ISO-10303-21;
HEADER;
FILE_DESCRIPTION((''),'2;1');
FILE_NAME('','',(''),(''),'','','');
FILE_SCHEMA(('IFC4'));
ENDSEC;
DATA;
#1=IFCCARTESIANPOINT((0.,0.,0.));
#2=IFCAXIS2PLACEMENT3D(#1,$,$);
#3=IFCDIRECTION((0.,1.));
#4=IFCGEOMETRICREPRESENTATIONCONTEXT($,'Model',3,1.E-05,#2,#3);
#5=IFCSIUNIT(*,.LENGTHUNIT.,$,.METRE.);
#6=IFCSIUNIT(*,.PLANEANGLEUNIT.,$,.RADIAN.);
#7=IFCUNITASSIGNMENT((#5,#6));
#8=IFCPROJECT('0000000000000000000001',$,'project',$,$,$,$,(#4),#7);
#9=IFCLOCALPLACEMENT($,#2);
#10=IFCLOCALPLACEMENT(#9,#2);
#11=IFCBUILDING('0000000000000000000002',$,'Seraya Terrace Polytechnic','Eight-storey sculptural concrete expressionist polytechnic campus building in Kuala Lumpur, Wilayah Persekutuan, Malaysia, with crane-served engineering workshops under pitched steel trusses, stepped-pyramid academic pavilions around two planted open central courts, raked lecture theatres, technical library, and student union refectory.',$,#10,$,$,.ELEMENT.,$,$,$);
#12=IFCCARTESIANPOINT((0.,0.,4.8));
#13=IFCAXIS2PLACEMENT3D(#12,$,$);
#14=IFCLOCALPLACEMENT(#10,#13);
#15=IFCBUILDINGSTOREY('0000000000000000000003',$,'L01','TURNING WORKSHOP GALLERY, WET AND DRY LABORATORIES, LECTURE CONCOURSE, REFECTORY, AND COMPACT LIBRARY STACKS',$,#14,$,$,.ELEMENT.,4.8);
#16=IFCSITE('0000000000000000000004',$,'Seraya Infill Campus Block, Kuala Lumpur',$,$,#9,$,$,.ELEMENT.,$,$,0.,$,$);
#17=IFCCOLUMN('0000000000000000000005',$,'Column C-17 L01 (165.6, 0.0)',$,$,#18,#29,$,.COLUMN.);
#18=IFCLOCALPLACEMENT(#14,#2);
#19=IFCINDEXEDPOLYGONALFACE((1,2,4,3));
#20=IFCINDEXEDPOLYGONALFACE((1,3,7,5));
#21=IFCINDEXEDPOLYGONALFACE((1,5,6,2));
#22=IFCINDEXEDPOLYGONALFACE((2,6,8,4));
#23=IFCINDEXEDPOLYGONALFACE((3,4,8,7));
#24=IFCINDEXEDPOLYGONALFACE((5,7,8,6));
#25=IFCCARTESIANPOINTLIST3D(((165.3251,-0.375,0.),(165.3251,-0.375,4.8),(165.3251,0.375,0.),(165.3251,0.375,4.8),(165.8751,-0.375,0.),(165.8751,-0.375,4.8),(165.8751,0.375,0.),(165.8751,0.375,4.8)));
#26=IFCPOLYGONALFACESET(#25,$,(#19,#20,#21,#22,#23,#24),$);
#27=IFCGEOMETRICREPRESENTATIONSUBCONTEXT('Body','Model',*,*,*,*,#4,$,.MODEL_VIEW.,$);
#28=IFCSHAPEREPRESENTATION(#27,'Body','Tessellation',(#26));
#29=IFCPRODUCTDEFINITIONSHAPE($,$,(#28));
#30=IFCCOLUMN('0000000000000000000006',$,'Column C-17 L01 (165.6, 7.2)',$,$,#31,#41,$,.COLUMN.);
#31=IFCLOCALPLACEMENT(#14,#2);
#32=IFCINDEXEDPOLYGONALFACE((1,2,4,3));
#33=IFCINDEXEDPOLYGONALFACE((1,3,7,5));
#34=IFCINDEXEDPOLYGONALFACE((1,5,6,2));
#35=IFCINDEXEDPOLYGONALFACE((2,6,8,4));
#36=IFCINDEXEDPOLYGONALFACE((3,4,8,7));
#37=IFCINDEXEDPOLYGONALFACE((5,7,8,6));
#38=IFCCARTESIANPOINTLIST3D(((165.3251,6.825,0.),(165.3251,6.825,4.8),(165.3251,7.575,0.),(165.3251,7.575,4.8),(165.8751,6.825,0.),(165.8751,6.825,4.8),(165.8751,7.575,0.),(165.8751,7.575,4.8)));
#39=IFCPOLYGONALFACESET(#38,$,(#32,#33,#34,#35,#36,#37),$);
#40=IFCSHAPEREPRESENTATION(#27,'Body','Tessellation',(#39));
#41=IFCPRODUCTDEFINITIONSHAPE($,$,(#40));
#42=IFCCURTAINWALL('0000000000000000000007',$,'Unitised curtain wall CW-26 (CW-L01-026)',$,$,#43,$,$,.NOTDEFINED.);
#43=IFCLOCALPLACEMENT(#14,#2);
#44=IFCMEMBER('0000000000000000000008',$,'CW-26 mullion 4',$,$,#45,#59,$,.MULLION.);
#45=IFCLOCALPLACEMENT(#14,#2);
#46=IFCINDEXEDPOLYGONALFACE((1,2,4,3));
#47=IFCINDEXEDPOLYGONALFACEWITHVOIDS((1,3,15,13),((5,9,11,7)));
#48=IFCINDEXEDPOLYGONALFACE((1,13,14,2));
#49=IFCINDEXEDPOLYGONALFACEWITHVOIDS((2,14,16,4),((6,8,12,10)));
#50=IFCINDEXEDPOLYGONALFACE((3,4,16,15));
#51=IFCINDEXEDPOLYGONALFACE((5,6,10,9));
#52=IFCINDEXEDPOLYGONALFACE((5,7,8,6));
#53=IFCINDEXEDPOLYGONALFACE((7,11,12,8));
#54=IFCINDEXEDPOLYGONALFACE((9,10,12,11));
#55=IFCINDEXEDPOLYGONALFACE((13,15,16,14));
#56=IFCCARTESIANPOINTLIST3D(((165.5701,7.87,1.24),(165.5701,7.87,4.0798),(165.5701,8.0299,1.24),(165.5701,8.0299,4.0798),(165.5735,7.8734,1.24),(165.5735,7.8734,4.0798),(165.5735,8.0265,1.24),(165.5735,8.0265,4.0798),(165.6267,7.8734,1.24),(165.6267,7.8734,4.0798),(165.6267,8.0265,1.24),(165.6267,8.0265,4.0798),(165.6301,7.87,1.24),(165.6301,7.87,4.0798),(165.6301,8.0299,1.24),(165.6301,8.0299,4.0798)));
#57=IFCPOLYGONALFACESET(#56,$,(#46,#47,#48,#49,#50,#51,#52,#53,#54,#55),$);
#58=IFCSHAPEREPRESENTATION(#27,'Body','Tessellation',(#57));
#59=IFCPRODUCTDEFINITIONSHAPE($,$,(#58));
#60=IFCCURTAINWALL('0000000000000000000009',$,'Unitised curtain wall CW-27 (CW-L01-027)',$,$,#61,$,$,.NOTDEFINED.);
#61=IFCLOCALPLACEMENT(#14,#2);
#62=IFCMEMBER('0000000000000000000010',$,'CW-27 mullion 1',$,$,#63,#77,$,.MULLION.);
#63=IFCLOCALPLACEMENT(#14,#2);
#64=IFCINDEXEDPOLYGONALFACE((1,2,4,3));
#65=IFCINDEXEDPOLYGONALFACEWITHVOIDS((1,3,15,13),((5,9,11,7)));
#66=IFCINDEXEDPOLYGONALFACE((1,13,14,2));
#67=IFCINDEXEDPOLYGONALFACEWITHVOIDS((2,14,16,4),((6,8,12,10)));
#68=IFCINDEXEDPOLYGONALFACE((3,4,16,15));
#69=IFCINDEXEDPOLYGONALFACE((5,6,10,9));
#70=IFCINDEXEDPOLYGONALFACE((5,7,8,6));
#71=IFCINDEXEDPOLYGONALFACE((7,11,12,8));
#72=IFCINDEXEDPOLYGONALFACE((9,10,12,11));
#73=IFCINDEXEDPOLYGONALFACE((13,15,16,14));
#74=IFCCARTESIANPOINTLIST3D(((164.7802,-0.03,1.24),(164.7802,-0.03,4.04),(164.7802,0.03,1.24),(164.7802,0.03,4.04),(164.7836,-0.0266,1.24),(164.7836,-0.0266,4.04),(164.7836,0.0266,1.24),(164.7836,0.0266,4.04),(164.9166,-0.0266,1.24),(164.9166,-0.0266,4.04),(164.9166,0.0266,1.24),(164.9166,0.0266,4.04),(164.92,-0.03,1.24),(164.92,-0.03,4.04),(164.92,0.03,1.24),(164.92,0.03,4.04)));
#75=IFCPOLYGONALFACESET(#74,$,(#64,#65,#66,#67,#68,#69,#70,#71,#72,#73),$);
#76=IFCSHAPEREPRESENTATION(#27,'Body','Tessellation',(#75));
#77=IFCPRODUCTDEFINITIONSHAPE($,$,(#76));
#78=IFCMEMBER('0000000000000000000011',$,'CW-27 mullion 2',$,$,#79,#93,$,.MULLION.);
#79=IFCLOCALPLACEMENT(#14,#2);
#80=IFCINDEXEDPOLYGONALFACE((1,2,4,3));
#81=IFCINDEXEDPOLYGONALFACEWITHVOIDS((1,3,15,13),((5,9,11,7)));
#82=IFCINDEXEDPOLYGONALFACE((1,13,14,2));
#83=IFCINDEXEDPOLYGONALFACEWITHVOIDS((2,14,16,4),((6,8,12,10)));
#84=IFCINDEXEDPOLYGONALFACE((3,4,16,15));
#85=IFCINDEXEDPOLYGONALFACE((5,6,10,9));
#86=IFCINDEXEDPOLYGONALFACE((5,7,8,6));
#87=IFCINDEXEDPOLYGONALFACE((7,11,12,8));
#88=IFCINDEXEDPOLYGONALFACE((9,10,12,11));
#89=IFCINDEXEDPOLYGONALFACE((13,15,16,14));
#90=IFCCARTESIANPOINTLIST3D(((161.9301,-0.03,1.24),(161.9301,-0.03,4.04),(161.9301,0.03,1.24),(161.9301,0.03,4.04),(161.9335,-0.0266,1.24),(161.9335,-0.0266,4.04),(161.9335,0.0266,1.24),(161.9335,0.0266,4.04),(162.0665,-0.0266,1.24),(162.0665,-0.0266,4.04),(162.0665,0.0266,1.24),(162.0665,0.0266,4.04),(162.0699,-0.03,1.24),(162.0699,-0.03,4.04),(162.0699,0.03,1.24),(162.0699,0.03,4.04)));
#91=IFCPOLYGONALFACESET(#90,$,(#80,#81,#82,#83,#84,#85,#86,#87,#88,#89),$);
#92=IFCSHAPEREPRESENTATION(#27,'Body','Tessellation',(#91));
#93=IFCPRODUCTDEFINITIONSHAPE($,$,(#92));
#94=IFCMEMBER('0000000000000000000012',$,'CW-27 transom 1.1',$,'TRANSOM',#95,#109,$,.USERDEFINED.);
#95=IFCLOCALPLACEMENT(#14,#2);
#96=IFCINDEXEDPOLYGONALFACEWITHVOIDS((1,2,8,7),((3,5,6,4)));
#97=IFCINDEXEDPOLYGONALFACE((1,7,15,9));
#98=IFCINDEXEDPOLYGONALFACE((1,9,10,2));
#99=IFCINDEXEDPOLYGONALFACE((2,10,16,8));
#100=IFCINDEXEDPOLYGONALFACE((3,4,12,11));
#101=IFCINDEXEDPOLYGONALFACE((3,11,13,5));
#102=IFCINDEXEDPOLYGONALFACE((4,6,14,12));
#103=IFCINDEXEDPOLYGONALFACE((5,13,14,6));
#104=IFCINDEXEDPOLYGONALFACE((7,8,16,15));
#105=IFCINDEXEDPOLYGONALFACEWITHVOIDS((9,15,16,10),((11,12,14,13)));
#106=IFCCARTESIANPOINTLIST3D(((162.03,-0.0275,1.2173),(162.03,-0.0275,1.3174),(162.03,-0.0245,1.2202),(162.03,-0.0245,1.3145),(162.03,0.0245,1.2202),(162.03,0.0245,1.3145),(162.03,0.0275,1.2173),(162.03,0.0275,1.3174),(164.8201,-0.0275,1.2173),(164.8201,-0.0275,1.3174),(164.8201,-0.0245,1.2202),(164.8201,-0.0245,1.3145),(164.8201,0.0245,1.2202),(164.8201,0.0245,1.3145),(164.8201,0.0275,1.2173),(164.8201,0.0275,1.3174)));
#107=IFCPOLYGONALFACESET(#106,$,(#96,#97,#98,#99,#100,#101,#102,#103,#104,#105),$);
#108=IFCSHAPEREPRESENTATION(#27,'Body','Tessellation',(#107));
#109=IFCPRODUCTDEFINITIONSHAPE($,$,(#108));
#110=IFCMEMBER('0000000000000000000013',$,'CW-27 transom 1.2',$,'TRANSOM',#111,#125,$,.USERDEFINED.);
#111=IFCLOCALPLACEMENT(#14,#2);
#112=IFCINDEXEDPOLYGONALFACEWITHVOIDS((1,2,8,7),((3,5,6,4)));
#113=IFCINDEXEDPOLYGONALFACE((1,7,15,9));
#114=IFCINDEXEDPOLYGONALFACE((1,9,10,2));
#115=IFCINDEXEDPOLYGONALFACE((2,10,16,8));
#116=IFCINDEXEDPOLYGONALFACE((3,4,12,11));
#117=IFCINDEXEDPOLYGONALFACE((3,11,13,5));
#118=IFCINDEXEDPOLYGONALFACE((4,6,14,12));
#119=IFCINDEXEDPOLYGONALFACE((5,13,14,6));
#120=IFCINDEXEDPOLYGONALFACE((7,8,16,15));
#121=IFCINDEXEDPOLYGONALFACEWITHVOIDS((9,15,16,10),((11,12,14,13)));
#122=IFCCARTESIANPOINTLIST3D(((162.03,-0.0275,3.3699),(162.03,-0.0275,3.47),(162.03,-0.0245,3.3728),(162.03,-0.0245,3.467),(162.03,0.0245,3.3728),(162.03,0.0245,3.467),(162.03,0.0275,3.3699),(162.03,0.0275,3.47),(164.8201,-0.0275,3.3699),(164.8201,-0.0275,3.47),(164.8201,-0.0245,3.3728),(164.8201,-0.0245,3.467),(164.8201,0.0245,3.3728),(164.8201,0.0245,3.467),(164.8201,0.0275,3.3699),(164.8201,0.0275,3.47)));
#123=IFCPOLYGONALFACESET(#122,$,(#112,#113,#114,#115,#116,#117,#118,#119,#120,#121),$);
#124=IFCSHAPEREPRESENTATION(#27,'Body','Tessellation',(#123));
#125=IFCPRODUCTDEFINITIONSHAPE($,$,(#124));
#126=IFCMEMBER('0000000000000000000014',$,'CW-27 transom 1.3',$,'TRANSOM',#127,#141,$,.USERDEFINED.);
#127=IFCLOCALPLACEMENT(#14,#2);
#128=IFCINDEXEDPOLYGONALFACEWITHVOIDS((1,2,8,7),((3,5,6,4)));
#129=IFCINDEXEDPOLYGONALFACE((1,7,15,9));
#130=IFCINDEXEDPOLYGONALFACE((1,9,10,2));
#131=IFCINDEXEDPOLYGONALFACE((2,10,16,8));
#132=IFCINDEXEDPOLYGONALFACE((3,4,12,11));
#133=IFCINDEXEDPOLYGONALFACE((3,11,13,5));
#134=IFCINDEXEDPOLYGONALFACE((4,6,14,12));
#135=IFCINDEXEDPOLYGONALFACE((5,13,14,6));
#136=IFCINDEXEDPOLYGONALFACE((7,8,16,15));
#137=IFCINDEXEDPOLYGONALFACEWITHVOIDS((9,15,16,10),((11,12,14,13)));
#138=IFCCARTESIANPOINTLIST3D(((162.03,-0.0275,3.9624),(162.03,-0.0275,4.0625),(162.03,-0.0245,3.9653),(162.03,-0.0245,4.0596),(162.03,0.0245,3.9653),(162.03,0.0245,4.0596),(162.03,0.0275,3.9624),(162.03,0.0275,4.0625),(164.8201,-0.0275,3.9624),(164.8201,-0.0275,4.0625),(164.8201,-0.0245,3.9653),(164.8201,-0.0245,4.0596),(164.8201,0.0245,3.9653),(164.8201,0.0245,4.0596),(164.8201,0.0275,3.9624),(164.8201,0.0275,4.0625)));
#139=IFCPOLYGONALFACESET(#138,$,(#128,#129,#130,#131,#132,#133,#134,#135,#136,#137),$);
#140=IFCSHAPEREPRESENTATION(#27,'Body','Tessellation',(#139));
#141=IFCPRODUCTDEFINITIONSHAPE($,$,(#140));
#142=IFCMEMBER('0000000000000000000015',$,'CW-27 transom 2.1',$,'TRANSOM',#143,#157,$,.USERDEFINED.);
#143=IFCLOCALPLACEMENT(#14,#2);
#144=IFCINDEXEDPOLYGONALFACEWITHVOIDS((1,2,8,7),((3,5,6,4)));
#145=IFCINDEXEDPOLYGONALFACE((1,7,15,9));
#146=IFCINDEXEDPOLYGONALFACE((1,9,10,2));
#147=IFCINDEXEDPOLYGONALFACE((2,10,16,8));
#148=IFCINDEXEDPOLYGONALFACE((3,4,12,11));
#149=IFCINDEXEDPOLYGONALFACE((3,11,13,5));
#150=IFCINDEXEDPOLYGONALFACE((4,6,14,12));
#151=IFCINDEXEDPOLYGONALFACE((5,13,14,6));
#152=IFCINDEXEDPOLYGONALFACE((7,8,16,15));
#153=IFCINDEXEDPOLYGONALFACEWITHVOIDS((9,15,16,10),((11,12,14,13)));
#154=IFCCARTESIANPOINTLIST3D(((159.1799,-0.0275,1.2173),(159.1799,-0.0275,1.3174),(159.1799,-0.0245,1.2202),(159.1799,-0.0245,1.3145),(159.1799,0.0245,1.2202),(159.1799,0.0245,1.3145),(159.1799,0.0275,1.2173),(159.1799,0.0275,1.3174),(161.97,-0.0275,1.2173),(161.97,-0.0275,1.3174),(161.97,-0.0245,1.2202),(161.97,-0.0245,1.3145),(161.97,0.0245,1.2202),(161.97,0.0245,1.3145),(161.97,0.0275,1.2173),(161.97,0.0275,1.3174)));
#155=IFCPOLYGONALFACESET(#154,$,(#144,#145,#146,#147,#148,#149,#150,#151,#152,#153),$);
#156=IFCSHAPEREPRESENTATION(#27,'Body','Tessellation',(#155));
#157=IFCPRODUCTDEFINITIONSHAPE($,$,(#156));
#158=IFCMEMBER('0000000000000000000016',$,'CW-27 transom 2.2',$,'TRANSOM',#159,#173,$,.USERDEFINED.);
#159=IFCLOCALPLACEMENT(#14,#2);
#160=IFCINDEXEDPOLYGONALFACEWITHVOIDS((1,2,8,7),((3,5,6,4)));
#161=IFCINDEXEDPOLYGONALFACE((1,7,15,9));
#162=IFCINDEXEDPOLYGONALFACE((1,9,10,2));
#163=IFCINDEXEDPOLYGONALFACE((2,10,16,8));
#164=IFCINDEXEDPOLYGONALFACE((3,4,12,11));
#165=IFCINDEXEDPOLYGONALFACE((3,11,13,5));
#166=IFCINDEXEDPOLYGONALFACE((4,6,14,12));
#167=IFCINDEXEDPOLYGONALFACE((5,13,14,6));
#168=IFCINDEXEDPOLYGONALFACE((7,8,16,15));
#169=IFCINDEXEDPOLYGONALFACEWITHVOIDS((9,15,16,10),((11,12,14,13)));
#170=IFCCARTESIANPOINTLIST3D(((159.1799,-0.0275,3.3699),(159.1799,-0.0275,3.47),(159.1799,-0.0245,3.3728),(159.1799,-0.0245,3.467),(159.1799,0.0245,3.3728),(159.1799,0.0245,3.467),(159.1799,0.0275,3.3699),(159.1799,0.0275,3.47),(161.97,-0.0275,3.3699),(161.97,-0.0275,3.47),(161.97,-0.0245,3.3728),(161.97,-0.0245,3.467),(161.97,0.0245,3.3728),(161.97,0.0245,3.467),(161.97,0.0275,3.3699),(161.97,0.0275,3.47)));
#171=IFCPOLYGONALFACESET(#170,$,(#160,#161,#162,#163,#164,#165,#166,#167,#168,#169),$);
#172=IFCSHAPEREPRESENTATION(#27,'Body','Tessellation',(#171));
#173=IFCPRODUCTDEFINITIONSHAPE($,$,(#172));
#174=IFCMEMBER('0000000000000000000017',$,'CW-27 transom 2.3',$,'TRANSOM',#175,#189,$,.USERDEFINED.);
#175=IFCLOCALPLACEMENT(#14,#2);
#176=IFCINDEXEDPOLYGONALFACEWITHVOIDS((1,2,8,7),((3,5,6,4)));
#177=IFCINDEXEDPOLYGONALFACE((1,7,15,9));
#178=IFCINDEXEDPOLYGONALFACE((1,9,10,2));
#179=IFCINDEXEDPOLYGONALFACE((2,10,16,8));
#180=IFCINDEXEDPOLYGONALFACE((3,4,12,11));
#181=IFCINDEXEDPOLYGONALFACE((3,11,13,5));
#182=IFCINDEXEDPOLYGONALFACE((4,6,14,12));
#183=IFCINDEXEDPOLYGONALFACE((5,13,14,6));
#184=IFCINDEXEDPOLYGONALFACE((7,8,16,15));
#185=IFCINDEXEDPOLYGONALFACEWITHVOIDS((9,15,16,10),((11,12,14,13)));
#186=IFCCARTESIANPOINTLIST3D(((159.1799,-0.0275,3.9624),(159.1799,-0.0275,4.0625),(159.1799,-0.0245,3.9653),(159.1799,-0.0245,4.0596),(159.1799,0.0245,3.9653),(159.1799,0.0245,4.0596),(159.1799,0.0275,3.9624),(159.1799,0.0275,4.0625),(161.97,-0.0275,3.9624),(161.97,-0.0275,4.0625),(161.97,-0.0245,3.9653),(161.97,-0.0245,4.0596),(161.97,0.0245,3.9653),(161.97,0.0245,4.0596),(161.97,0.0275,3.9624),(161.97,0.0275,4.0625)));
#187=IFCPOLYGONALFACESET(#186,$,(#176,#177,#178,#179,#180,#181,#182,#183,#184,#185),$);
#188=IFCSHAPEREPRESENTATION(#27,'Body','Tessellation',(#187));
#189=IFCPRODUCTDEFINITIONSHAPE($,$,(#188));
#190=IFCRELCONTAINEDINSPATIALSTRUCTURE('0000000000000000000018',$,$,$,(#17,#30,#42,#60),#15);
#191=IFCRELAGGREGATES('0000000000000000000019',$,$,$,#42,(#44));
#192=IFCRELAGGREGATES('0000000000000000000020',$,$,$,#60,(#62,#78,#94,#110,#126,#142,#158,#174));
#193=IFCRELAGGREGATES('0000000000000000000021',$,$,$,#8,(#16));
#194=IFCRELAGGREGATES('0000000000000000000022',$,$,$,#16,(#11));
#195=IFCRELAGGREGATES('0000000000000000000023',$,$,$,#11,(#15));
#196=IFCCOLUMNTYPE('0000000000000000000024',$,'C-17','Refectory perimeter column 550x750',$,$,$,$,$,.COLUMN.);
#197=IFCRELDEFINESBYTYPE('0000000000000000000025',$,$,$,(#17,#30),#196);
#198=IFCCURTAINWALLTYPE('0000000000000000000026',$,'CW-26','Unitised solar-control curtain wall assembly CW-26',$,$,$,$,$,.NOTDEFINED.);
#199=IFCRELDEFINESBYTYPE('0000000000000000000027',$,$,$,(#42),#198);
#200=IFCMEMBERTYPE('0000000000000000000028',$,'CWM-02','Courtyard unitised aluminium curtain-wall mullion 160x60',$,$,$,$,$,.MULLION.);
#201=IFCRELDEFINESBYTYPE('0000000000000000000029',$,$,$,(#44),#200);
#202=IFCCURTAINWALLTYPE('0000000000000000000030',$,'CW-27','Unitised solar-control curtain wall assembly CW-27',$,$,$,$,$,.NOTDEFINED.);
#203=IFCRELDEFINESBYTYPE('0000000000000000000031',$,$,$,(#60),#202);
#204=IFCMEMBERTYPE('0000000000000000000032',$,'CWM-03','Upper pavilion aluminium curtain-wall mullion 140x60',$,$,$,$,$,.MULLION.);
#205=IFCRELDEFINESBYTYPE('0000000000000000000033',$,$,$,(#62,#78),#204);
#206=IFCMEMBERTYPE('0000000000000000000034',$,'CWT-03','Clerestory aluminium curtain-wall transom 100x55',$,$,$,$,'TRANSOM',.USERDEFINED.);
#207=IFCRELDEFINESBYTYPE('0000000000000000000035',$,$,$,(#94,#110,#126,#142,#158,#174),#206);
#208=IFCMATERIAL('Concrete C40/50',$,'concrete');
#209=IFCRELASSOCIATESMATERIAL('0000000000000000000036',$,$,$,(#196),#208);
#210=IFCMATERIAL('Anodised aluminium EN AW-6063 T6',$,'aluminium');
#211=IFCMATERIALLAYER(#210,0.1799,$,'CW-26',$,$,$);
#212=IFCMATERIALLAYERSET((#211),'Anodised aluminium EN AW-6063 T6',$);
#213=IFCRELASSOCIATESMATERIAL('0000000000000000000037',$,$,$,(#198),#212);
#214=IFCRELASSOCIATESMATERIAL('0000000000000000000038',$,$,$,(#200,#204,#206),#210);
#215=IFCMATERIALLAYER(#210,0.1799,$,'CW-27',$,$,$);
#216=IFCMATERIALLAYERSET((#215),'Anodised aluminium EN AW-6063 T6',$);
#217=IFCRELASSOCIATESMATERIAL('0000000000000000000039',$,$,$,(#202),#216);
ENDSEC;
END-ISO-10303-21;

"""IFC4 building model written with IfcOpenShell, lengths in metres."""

from ifc_helpers import new_model, si_unit, direction, frame, origin, origin_2d, place, context, subcontext, project, spatial, rectangle, hollow_rectangle, extrude, material, layer, layer_set, material_profile, profile_set, type_object, element, aggregate, save


model = new_model("IFC4")

# Units and contexts
model_context = context("Model", 3, precision=1e-05, world=origin(), true_north=direction((0.0, 1.0)))
body_context = subcontext(model_context, "Body", "Model", "MODEL_VIEW")
ifc_project = project(units=[si_unit("LENGTHUNIT", "METRE"), si_unit("PLANEANGLEUNIT", "RADIAN")], contexts=[model_context])

# Site, building, storey
site_placement = place(None, origin())
site = spatial("IfcSite", under=ifc_project, at=site_placement, Name="Seraya Infill Campus Block, Kuala Lumpur", CompositionType="ELEMENT", RefElevation=0.0)
building_placement = place(site_placement, origin())
building = spatial("IfcBuilding", under=site, at=building_placement, Name="Seraya Terrace Polytechnic", Description="Eight-storey sculptural concrete expressionist polytechnic campus building in Kuala Lumpur, Wilayah Persekutuan, Malaysia, with crane-served engineering workshops under pitched steel trusses, stepped-pyramid academic pavilions around two planted open central courts, raked lecture theatres, technical library, and student union refectory.", CompositionType="ELEMENT")
storey_placement = place(building_placement, frame((0.0, 0.0, 4.8)))
storey = spatial("IfcBuildingStorey", under=building, at=storey_placement, Name="L01", Description="TURNING WORKSHOP GALLERY, WET AND DRY LABORATORIES, LECTURE CONCOURSE, REFECTORY, AND COMPACT LIBRARY STACKS", CompositionType="ELEMENT", Elevation=4.8)

# Columns
ifc_material_1 = material(Name="Concrete C40/50", Category="concrete")
ifc_material_profile_1 = material_profile(ifc_material_1, rectangle(XDim=0.55, YDim=0.75, at=origin_2d()), Name="RC 550x750")
ifc_profile_set_1 = profile_set([ifc_material_profile_1], Name="Concrete C40/50")
column_type = type_object("IfcColumnType", Name="C-17", Description="Refectory perimeter column 550x750", PredefinedType="COLUMN", material=ifc_profile_set_1)
for number, where, z_axis, x_axis, name in (
    (1, (165.6001, 0.0, 0.0), (0.0, 0.0, 1.0), (1.0, 0.0, 0.0), "Column C-17 L01 (165.6, 0.0)"),
    (2, (165.6001, 7.2, 0.0), (0.0, 0.0, 1.0), (1.0, 0.0, 0.0), "Column C-17 L01 (165.6, 7.2)"),
):
    element("IfcColumn", number, at=place(storey_placement, frame(where, z_axis=z_axis, x_axis=x_axis)), inside=storey, type_object=column_type, Name=name, PredefinedType="COLUMN", context=body_context, shape_type="SweptSolid", body=[
        extrude(rectangle(XDim=0.55, YDim=0.75, at=origin_2d()), origin(), (0.0, 0.0, 1.0), 4.8),
    ])

# Curtain wall, member
ifc_material_2 = material(Name="Anodised aluminium EN AW-6063 T6", Category="aluminium")
ifc_layer_1 = layer(ifc_material_2, 0.1799, Name="CW-26")
ifc_layer_set_1 = layer_set([ifc_layer_1], Name="Anodised aluminium EN AW-6063 T6")
curtain_wall_type_1 = type_object("IfcCurtainWallType", Name="CW-26", Description="Unitised solar-control curtain wall assembly CW-26", PredefinedType="NOTDEFINED", material=ifc_layer_set_1)
curtain_wall_1_placement = place(storey_placement, origin())
curtain_wall_1 = element("IfcCurtainWall", 3, at=curtain_wall_1_placement, inside=storey, type_object=curtain_wall_type_1, Name="Unitised curtain wall CW-26 (CW-L01-026)", PredefinedType="NOTDEFINED")
ifc_material_profile_2 = material_profile(ifc_material_2, hollow_rectangle(XDim=0.0601, YDim=0.1599, WallThickness=0.0034, at=origin_2d()), Name="RHS 160x60x3.5")
ifc_profile_set_2 = profile_set([ifc_material_profile_2], Name="Anodised aluminium EN AW-6063 T6")
member_type_1 = type_object("IfcMemberType", Name="CWM-02", Description="Courtyard unitised aluminium curtain-wall mullion 160x60", PredefinedType="MULLION", material=ifc_profile_set_2)
member_1_placement = place(storey_placement, frame((165.6001, 7.95, 1.24), z_axis=(0.0, 0.0, 1.0), x_axis=(1.0, 0.0, 0.0)))
member_1 = element("IfcMember", 4, at=member_1_placement, type_object=member_type_1, Name="CW-26 mullion 4", PredefinedType="MULLION", context=body_context, shape_type="SweptSolid", body=[
    extrude(hollow_rectangle(XDim=0.0601, YDim=0.1599, WallThickness=0.0034, at=origin_2d()), origin(), (0.0, 0.0, 1.0), 2.8398),
])
aggregate(curtain_wall_1, [member_1])

# Curtain wall, members
ifc_layer_2 = layer(ifc_material_2, 0.1799, Name="CW-27")
ifc_layer_set_2 = layer_set([ifc_layer_2], Name="Anodised aluminium EN AW-6063 T6")
curtain_wall_type_2 = type_object("IfcCurtainWallType", Name="CW-27", Description="Unitised solar-control curtain wall assembly CW-27", PredefinedType="NOTDEFINED", material=ifc_layer_set_2)
curtain_wall_2_placement = place(storey_placement, origin())
curtain_wall_2 = element("IfcCurtainWall", 5, at=curtain_wall_2_placement, inside=storey, type_object=curtain_wall_type_2, Name="Unitised curtain wall CW-27 (CW-L01-027)", PredefinedType="NOTDEFINED")
ifc_material_profile_3 = material_profile(ifc_material_2, hollow_rectangle(XDim=0.0601, YDim=0.1399, WallThickness=0.0034, at=origin_2d()), Name="RHS 140x60x3.5")
ifc_profile_set_3 = profile_set([ifc_material_profile_3], Name="Anodised aluminium EN AW-6063 T6")
member_type_2 = type_object("IfcMemberType", Name="CWM-03", Description="Upper pavilion aluminium curtain-wall mullion 140x60", PredefinedType="MULLION", material=ifc_profile_set_3)
member_2_placement = place(storey_placement, frame((164.8501, 0.0, 1.24), z_axis=(0.0, 0.0, 1.0), x_axis=(0.0, -1.0, 0.0)))
member_2 = element("IfcMember", 6, at=member_2_placement, type_object=member_type_2, Name="CW-27 mullion 1", PredefinedType="MULLION", context=body_context, shape_type="SweptSolid", body=[
    extrude(hollow_rectangle(XDim=0.0601, YDim=0.1399, WallThickness=0.0034, at=origin_2d()), origin(), (0.0, 0.0, 1.0), 2.8),
])
member_3_placement = place(storey_placement, frame((162.0, 0.0, 1.24), z_axis=(0.0, 0.0, 1.0), x_axis=(0.0, -1.0, 0.0)))
member_3 = element("IfcMember", 7, at=member_3_placement, type_object=member_type_2, Name="CW-27 mullion 2", PredefinedType="MULLION", context=body_context, shape_type="SweptSolid", body=[
    extrude(hollow_rectangle(XDim=0.0601, YDim=0.1399, WallThickness=0.0034, at=origin_2d()), origin(), (0.0, 0.0, 1.0), 2.8),
])
ifc_material_profile_4 = material_profile(ifc_material_2, hollow_rectangle(XDim=0.0549, YDim=0.1001, WallThickness=0.0029, at=origin_2d()), Name="RHS 100x55x3.0")
ifc_profile_set_4 = profile_set([ifc_material_profile_4], Name="Anodised aluminium EN AW-6063 T6")
member_type_3 = type_object("IfcMemberType", Name="CWT-03", Description="Clerestory aluminium curtain-wall transom 100x55", ElementType="TRANSOM", PredefinedType="USERDEFINED", material=ifc_profile_set_4)
member_4_placement = place(storey_placement, frame((164.8201, 0.0, 1.2673), z_axis=(-1.0, 0.0, 0.0), x_axis=(0.0, -1.0, 0.0)))
member_4 = element("IfcMember", 8, at=member_4_placement, type_object=member_type_3, Name="CW-27 transom 1.1", ObjectType="TRANSOM", PredefinedType="USERDEFINED", context=body_context, shape_type="SweptSolid", body=[
    extrude(hollow_rectangle(XDim=0.0549, YDim=0.1001, WallThickness=0.0029, at=origin_2d()), origin(), (0.0, 0.0, 1.0), 2.79),
])
member_5_placement = place(storey_placement, frame((164.8201, 0.0, 3.4199), z_axis=(-1.0, 0.0, 0.0), x_axis=(0.0, -1.0, 0.0)))
member_5 = element("IfcMember", 9, at=member_5_placement, type_object=member_type_3, Name="CW-27 transom 1.2", ObjectType="TRANSOM", PredefinedType="USERDEFINED", context=body_context, shape_type="SweptSolid", body=[
    extrude(hollow_rectangle(XDim=0.0549, YDim=0.1001, WallThickness=0.0029, at=origin_2d()), origin(), (0.0, 0.0, 1.0), 2.79),
])
member_6_placement = place(storey_placement, frame((164.8201, 0.0, 4.0125), z_axis=(-1.0, 0.0, 0.0), x_axis=(0.0, -1.0, 0.0)))
member_6 = element("IfcMember", 10, at=member_6_placement, type_object=member_type_3, Name="CW-27 transom 1.3", ObjectType="TRANSOM", PredefinedType="USERDEFINED", context=body_context, shape_type="SweptSolid", body=[
    extrude(hollow_rectangle(XDim=0.0549, YDim=0.1001, WallThickness=0.0029, at=origin_2d()), origin(), (0.0, 0.0, 1.0), 2.79),
])
member_7_placement = place(storey_placement, frame((161.97, 0.0, 1.2673), z_axis=(-1.0, 0.0, 0.0), x_axis=(0.0, -1.0, 0.0)))
member_7 = element("IfcMember", 11, at=member_7_placement, type_object=member_type_3, Name="CW-27 transom 2.1", ObjectType="TRANSOM", PredefinedType="USERDEFINED", context=body_context, shape_type="SweptSolid", body=[
    extrude(hollow_rectangle(XDim=0.0549, YDim=0.1001, WallThickness=0.0029, at=origin_2d()), origin(), (0.0, 0.0, 1.0), 2.79),
])
member_8_placement = place(storey_placement, frame((161.97, 0.0, 3.4199), z_axis=(-1.0, 0.0, 0.0), x_axis=(0.0, -1.0, 0.0)))
member_8 = element("IfcMember", 12, at=member_8_placement, type_object=member_type_3, Name="CW-27 transom 2.2", ObjectType="TRANSOM", PredefinedType="USERDEFINED", context=body_context, shape_type="SweptSolid", body=[
    extrude(hollow_rectangle(XDim=0.0549, YDim=0.1001, WallThickness=0.0029, at=origin_2d()), origin(), (0.0, 0.0, 1.0), 2.79),
])
member_9_placement = place(storey_placement, frame((161.97, 0.0, 4.0125), z_axis=(-1.0, 0.0, 0.0), x_axis=(0.0, -1.0, 0.0)))
member_9 = element("IfcMember", 13, at=member_9_placement, type_object=member_type_3, Name="CW-27 transom 2.3", ObjectType="TRANSOM", PredefinedType="USERDEFINED", context=body_context, shape_type="SweptSolid", body=[
    extrude(hollow_rectangle(XDim=0.0549, YDim=0.1001, WallThickness=0.0029, at=origin_2d()), origin(), (0.0, 0.0, 1.0), 2.79),
])

aggregate(curtain_wall_2, [member_2, member_3, member_4, member_5, member_6, member_7, member_8, member_9])

save(model, "model.ifc")
